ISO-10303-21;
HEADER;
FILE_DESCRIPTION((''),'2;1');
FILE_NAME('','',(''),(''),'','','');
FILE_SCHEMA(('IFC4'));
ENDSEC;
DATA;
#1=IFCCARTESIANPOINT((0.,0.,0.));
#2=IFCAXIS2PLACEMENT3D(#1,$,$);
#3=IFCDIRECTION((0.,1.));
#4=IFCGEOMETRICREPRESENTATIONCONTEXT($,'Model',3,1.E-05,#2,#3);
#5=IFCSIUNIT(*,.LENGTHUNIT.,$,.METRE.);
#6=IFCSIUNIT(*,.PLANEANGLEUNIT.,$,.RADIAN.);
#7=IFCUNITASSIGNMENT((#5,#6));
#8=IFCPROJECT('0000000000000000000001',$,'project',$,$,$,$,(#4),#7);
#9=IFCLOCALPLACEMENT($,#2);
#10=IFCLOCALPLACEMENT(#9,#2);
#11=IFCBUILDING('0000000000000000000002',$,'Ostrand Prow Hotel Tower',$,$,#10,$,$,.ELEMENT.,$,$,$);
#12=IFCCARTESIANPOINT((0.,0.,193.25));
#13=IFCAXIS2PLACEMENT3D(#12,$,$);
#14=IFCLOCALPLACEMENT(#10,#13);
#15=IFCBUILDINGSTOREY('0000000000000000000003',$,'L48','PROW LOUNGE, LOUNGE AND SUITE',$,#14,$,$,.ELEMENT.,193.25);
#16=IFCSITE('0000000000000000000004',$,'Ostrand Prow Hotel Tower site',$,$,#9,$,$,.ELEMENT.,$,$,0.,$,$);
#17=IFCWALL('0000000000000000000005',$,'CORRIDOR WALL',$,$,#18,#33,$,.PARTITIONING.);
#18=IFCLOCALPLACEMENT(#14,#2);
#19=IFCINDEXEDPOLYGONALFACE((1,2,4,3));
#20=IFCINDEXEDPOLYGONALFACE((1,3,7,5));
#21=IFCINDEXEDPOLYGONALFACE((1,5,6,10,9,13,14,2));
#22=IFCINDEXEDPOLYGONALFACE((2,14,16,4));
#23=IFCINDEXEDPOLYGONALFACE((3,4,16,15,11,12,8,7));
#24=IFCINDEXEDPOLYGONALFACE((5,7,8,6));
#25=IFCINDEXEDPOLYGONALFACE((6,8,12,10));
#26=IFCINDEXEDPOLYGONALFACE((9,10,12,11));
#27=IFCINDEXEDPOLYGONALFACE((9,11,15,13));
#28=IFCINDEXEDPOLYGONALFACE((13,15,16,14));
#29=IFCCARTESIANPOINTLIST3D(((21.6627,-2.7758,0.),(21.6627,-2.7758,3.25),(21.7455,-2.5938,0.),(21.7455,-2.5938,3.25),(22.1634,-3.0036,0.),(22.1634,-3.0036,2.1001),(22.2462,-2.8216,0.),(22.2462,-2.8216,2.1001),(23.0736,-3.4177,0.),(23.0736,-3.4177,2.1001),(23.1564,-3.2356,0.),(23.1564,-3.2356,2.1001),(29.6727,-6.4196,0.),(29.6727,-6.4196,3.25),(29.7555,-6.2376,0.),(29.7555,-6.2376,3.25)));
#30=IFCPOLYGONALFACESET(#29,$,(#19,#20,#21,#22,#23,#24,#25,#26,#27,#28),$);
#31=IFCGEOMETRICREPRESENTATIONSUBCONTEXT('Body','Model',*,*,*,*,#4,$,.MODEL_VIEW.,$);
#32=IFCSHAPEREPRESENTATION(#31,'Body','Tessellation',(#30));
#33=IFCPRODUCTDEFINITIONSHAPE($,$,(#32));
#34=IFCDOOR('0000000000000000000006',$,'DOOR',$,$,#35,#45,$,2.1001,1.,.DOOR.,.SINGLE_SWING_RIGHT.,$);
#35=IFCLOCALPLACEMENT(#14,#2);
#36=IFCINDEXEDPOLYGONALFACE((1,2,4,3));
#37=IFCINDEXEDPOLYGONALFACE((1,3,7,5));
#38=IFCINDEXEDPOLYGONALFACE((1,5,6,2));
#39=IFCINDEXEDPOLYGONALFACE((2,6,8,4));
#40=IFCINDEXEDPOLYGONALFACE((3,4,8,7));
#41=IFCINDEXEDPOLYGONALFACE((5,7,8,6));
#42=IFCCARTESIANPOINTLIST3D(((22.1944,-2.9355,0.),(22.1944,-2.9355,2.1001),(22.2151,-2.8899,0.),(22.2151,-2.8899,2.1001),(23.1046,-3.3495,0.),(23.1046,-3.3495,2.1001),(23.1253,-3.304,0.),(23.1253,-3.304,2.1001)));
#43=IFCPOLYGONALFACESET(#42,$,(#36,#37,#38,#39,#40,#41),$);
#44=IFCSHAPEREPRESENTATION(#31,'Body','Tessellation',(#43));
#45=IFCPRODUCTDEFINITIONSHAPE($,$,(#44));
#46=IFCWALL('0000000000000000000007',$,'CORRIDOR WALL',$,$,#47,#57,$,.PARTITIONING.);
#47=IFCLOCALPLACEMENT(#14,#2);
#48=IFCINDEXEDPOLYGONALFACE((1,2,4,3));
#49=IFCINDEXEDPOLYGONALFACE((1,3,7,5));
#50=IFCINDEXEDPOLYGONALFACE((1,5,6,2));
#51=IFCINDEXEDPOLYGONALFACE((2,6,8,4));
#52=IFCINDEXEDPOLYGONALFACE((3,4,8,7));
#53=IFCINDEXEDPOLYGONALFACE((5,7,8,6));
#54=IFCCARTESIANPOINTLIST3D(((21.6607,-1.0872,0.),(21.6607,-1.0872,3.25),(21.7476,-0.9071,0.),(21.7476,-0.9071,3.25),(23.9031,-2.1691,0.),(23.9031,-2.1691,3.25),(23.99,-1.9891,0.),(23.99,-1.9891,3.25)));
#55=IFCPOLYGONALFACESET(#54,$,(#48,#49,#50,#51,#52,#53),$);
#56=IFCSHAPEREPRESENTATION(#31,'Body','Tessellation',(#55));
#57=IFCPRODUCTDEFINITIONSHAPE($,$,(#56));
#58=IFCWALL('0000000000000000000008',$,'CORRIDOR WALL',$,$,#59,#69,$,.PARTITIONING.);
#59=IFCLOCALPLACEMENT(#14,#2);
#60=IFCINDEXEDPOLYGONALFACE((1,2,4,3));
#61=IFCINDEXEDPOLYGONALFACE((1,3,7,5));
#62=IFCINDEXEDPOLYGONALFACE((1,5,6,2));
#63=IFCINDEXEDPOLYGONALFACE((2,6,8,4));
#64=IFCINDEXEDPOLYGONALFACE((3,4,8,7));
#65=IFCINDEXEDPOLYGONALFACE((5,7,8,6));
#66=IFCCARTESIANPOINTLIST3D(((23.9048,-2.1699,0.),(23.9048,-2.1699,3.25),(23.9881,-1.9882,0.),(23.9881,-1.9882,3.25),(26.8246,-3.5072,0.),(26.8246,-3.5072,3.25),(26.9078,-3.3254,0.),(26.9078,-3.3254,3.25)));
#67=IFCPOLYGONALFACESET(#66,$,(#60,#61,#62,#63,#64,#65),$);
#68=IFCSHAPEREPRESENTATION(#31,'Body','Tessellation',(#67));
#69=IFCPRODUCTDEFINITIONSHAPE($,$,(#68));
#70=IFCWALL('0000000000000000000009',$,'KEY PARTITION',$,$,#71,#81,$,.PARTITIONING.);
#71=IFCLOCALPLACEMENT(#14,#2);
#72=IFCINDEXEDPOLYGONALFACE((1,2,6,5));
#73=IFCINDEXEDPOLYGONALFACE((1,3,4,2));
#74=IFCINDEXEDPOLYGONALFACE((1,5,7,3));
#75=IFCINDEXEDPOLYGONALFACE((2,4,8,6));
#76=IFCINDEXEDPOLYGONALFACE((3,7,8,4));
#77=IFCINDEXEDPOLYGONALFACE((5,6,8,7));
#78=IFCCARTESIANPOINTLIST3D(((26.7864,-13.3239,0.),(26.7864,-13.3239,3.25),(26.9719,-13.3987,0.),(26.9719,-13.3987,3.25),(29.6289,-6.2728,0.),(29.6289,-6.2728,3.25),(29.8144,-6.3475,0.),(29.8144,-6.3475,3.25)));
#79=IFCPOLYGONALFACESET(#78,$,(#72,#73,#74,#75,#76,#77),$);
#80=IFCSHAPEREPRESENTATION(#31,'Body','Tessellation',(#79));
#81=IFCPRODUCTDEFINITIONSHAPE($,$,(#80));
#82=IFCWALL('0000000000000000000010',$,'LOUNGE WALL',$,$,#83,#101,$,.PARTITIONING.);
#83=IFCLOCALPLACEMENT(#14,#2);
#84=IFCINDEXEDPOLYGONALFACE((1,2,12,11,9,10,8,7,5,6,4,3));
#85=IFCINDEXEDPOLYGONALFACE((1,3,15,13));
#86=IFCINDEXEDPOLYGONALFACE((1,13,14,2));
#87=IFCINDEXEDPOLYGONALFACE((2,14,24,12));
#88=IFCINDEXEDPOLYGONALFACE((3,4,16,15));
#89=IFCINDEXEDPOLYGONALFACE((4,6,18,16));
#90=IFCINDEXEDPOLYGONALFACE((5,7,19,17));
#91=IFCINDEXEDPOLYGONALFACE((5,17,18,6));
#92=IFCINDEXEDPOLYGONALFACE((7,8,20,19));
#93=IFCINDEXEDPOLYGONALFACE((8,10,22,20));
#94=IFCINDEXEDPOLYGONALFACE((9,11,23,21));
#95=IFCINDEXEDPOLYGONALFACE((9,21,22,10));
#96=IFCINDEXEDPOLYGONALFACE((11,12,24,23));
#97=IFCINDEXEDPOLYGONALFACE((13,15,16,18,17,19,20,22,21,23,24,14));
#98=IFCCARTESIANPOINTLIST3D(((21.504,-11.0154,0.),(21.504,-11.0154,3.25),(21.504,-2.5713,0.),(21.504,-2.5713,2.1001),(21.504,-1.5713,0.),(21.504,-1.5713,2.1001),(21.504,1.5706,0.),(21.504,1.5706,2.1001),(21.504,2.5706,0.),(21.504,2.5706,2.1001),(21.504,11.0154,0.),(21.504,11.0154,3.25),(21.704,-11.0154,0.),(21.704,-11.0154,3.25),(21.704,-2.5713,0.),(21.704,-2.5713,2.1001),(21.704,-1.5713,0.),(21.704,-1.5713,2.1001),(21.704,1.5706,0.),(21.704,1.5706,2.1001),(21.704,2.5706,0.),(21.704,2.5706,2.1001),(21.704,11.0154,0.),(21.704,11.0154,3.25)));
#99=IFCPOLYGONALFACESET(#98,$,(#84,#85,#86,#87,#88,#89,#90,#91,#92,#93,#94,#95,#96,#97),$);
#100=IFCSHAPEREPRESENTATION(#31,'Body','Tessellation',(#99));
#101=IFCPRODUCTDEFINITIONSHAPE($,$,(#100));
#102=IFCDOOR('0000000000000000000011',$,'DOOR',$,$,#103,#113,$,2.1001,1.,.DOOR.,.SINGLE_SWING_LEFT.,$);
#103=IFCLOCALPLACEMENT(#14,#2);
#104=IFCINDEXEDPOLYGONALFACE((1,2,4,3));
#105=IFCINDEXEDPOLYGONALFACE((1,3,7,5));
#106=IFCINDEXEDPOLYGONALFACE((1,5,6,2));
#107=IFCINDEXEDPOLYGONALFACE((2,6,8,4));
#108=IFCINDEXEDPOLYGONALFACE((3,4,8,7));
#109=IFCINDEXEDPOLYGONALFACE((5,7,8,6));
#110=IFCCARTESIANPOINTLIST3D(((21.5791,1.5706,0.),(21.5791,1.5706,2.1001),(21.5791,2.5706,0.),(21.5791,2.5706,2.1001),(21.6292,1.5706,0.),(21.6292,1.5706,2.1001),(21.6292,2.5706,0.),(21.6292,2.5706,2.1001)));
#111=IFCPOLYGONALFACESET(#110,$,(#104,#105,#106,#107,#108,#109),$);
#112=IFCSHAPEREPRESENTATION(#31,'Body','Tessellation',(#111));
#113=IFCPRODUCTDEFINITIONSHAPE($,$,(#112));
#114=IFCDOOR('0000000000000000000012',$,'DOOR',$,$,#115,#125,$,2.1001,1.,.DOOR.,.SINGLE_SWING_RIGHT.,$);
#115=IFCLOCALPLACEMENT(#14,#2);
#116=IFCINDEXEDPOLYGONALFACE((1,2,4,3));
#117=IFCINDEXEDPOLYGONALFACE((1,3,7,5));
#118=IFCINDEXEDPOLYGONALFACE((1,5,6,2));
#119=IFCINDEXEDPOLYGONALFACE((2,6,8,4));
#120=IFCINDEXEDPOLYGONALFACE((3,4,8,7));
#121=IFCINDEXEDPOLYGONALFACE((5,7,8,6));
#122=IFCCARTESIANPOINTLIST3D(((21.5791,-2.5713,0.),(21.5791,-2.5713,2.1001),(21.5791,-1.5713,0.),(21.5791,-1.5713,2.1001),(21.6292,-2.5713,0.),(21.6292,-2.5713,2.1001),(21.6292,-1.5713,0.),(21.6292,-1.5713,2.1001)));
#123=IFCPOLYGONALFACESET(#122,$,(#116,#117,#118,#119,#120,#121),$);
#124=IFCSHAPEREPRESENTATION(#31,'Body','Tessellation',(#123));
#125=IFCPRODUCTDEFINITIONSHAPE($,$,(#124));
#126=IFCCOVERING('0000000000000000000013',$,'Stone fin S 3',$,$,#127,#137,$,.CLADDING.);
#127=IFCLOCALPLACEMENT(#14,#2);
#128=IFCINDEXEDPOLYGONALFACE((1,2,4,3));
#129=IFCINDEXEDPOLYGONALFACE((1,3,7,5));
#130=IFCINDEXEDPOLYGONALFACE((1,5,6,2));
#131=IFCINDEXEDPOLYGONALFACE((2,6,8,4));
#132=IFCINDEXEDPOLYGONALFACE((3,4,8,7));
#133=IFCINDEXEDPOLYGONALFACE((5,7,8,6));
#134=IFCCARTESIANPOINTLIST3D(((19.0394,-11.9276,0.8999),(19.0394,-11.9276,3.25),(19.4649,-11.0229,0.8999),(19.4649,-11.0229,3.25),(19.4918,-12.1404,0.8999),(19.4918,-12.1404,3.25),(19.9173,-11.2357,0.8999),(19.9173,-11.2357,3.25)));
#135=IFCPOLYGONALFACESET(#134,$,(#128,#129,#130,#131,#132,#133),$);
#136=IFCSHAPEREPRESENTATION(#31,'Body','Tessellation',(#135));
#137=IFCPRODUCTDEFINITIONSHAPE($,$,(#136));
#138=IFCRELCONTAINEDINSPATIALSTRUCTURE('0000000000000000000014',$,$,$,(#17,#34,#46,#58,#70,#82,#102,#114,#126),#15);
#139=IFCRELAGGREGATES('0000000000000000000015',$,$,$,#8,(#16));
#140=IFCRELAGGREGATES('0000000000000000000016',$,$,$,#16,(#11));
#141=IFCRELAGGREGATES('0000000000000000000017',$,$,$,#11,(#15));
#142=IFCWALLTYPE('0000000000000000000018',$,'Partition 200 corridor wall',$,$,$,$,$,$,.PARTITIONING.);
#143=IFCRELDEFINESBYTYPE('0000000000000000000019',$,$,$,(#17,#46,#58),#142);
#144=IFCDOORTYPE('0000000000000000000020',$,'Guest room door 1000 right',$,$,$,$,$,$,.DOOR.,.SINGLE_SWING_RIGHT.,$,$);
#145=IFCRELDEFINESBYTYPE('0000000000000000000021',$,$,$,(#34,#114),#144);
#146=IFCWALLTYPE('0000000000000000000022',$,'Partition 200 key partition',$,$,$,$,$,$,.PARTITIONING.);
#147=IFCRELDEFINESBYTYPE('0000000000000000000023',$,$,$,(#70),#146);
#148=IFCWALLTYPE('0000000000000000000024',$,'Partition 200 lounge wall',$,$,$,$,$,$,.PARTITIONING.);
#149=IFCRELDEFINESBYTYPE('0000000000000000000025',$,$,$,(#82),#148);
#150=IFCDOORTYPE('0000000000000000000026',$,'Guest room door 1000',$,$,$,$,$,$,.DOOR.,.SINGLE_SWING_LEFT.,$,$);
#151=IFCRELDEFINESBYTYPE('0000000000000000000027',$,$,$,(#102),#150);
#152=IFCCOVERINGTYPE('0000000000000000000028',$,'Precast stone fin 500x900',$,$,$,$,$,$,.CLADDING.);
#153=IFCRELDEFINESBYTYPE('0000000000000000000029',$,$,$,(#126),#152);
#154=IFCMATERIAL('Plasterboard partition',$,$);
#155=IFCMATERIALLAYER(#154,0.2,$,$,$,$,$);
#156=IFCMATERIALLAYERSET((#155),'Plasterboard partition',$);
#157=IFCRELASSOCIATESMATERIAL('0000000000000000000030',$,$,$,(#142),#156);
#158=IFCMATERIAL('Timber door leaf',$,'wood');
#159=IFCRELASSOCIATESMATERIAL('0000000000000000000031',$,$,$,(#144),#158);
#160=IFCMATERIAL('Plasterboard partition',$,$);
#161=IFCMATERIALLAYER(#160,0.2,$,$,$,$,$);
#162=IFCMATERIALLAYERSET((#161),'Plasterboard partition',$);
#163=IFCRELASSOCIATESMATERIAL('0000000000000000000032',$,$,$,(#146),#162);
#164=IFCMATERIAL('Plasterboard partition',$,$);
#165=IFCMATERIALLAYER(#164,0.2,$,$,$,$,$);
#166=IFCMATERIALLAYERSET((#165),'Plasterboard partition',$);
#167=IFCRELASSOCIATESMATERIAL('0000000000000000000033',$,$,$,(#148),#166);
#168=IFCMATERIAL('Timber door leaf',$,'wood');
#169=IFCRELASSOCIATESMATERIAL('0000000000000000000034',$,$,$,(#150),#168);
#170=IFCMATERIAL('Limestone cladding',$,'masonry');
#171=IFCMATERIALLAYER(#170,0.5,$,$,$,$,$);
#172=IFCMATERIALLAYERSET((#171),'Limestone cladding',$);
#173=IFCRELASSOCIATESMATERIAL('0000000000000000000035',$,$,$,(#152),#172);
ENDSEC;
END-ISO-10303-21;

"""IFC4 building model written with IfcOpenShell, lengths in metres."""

from ifc_helpers import new_model, si_unit, direction, frame, frame_2d, origin, place, context, subcontext, project, spatial, rectangle, extrude, material, layer, layer_set, type_object, element, fill, save


model = new_model("IFC4")

# Units and contexts
model_context = context("Model", 3, precision=1e-05, world=origin(), true_north=direction((0.0, 1.0)))
body_context = subcontext(model_context, "Body", "Model", "MODEL_VIEW")
ifc_project = project(units=[si_unit("LENGTHUNIT", "METRE"), si_unit("PLANEANGLEUNIT", "RADIAN")], contexts=[model_context])

# Site, building, storey
site_placement = place(None, origin())
site = spatial("IfcSite", under=ifc_project, at=site_placement, Name="Ostrand Prow Hotel Tower site", CompositionType="ELEMENT", RefElevation=0.0)
building_placement = place(site_placement, origin())
building = spatial("IfcBuilding", under=site, at=building_placement, Name="Ostrand Prow Hotel Tower", CompositionType="ELEMENT")
storey_placement = place(building_placement, frame((0.0, 0.0, 193.25)))
storey = spatial("IfcBuildingStorey", under=building, at=storey_placement, Name="L48", Description="PROW LOUNGE, LOUNGE AND SUITE", CompositionType="ELEMENT", Elevation=193.25)

# Wall, opening, door
ifc_material_1 = material(Name="Plasterboard partition")
ifc_layer_1 = layer(ifc_material_1, 0.2)
ifc_layer_set_1 = layer_set([ifc_layer_1], Name="Plasterboard partition")
wall_type_1 = type_object("IfcWallType", Name="Partition 200 corridor wall", PredefinedType="PARTITIONING", material=ifc_layer_set_1)
wall_1_placement = place(storey_placement, frame((21.7041, -2.6848, 0.0), z_axis=(0.0, 0.0, 1.0), x_axis=(0.910243, -0.414075, 0.0)))
wall_1 = element("IfcWall", 1, at=wall_1_placement, inside=storey, type_object=wall_type_1, Name="CORRIDOR WALL", PredefinedType="PARTITIONING", context=body_context, shape_type="SweptSolid", body=[
    extrude(rectangle(XDim=8.7998, YDim=0.2, at=frame_2d((4.3999, 0.0))), origin(), (0.0, 0.0, 1.0), 3.25),
])
opening_1_placement = place(wall_1_placement, frame((0.55, 0.0, 0.0)))
opening_1 = element("IfcOpeningElement", 2, at=opening_1_placement, cuts=wall_1, PredefinedType="OPENING", context=body_context, shape_type="SweptSolid", body=[
    extrude(rectangle(XDim=1.0, YDim=2.1001, at=frame_2d((0.5, 1.05))), frame((0.0, 0.1099, 0.0), z_axis=(0.0, -1.0, 0.0), x_axis=(1.0, 0.0, 0.0)), (0.0, 0.0, 1.0), 0.22),
])
ifc_material_2 = material(Name="Timber door leaf", Category="wood")
door_type_1 = type_object("IfcDoorType", Name="Guest room door 1000 right", OperationType="SINGLE_SWING_RIGHT", PredefinedType="DOOR", material=ifc_material_2)
door_1_placement = place(opening_1_placement, origin())
door_1 = element("IfcDoor", 3, at=door_1_placement, inside=storey, type_object=door_type_1, Name="DOOR", OperationType="SINGLE_SWING_RIGHT", OverallHeight=2.1001, OverallWidth=1.0, PredefinedType="DOOR", context=body_context, shape_type="SweptSolid", body=[
    extrude(rectangle(XDim=1.0, YDim=2.1001, at=frame_2d((0.5, 1.05))), frame((0.0, 0.0249, 0.0), z_axis=(0.0, -1.0, 0.0), x_axis=(1.0, 0.0, 0.0)), (0.0, 0.0, 1.0), 0.05),
])
fill(opening_1, door_1)

# Walls
wall_2_placement = place(storey_placement, frame((23.9465, -2.0791, 0.0), z_axis=(0.0, 0.0, 1.0), x_axis=(-0.900634, 0.434579, 0.0)))
element("IfcWall", 4, at=wall_2_placement, inside=storey, type_object=wall_type_1, Name="CORRIDOR WALL", PredefinedType="PARTITIONING", context=body_context, shape_type="SweptSolid", body=[
    extrude(rectangle(XDim=2.4897, YDim=0.2, at=frame_2d((1.2449, 0.0))), origin(), (0.0, 0.0, 1.0), 3.25),
])
wall_3_placement = place(storey_placement, frame((26.8662, -3.4163, 0.0), z_axis=(0.0, 0.0, 1.0), x_axis=(-0.909186, 0.41639, 0.0)))
element("IfcWall", 5, at=wall_3_placement, inside=storey, type_object=wall_type_1, Name="CORRIDOR WALL", PredefinedType="PARTITIONING", context=body_context, shape_type="SweptSolid", body=[
    extrude(rectangle(XDim=3.2114, YDim=0.2, at=frame_2d((1.6057, 0.0))), origin(), (0.0, 0.0, 1.0), 3.25),
])
ifc_material_3 = material(Name="Plasterboard partition")
ifc_layer_2 = layer(ifc_material_3, 0.2)
ifc_layer_set_2 = layer_set([ifc_layer_2], Name="Plasterboard partition")
wall_type_2 = type_object("IfcWallType", Name="Partition 200 key partition", PredefinedType="PARTITIONING", material=ifc_layer_set_2)
wall_4_placement = place(storey_placement, frame((26.8792, -13.3613, 0.0), z_axis=(0.0, 0.0, 1.0), x_axis=(0.373886, 0.927475, 0.0)))
element("IfcWall", 6, at=wall_4_placement, inside=storey, type_object=wall_type_2, Name="KEY PARTITION", PredefinedType="PARTITIONING", context=body_context, shape_type="SweptSolid", body=[
    extrude(rectangle(XDim=7.6025, YDim=0.2, at=frame_2d((3.8013, 0.0))), origin(), (0.0, 0.0, 1.0), 3.25),
])

# Wall, openings, doors
ifc_material_4 = material(Name="Plasterboard partition")
ifc_layer_3 = layer(ifc_material_4, 0.2)
ifc_layer_set_3 = layer_set([ifc_layer_3], Name="Plasterboard partition")
wall_type_3 = type_object("IfcWallType", Name="Partition 200 lounge wall", PredefinedType="PARTITIONING", material=ifc_layer_set_3)
wall_5_placement = place(storey_placement, frame((21.604, -11.0154, 0.0), z_axis=(0.0, 0.0, 1.0), x_axis=(0.0, 1.0, 0.0)))
wall_5 = element("IfcWall", 7, at=wall_5_placement, inside=storey, type_object=wall_type_3, Name="LOUNGE WALL", PredefinedType="PARTITIONING", context=body_context, shape_type="SweptSolid", body=[
    extrude(rectangle(XDim=22.0308, YDim=0.2, at=frame_2d((11.0154, 0.0))), origin(), (0.0, 0.0, 1.0), 3.25),
])
opening_2_placement = place(wall_5_placement, frame((12.5859, 0.0, 0.0)))
opening_2 = element("IfcOpeningElement", 8, at=opening_2_placement, cuts=wall_5, PredefinedType="OPENING", context=body_context, shape_type="SweptSolid", body=[
    extrude(rectangle(XDim=1.0, YDim=2.1001, at=frame_2d((0.5, 1.05))), frame((0.0, 0.1099, 0.0), z_axis=(0.0, -1.0, 0.0), x_axis=(1.0, 0.0, 0.0)), (0.0, 0.0, 1.0), 0.22),
])
opening_3_placement = place(wall_5_placement, frame((8.4441, 0.0, 0.0)))
opening_3 = element("IfcOpeningElement", 9, at=opening_3_placement, cuts=wall_5, PredefinedType="OPENING", context=body_context, shape_type="SweptSolid", body=[
    extrude(rectangle(XDim=1.0, YDim=2.1001, at=frame_2d((0.5, 1.05))), frame((0.0, 0.1099, 0.0), z_axis=(0.0, -1.0, 0.0), x_axis=(1.0, 0.0, 0.0)), (0.0, 0.0, 1.0), 0.22),
])
ifc_material_5 = material(Name="Timber door leaf", Category="wood")
door_type_2 = type_object("IfcDoorType", Name="Guest room door 1000", OperationType="SINGLE_SWING_LEFT", PredefinedType="DOOR", material=ifc_material_5)
door_2_placement = place(opening_2_placement, origin())
door_2 = element("IfcDoor", 10, at=door_2_placement, inside=storey, type_object=door_type_2, Name="DOOR", OperationType="SINGLE_SWING_LEFT", OverallHeight=2.1001, OverallWidth=1.0, PredefinedType="DOOR", context=body_context, shape_type="SweptSolid", body=[
    extrude(rectangle(XDim=1.0, YDim=2.1001, at=frame_2d((0.5, 1.05))), frame((0.0, 0.0249, 0.0), z_axis=(0.0, -1.0, 0.0), x_axis=(1.0, 0.0, 0.0)), (0.0, 0.0, 1.0), 0.05),
])
fill(opening_2, door_2)
door_3_placement = place(opening_3_placement, origin())
door_3 = element("IfcDoor", 11, at=door_3_placement, inside=storey, type_object=door_type_1, Name="DOOR", OperationType="SINGLE_SWING_RIGHT", OverallHeight=2.1001, OverallWidth=1.0, PredefinedType="DOOR", context=body_context, shape_type="SweptSolid", body=[
    extrude(rectangle(XDim=1.0, YDim=2.1001, at=frame_2d((0.5, 1.05))), frame((0.0, 0.0249, 0.0), z_axis=(0.0, -1.0, 0.0), x_axis=(1.0, 0.0, 0.0)), (0.0, 0.0, 1.0), 0.05),
])
fill(opening_3, door_3)

# Covering
ifc_material_6 = material(Name="Limestone cladding", Category="masonry")
ifc_layer_4 = layer(ifc_material_6, 0.5)
ifc_layer_set_4 = layer_set([ifc_layer_4], Name="Limestone cladding")
covering_type = type_object("IfcCoveringType", Name="Precast stone fin 500x900", PredefinedType="CLADDING", material=ifc_layer_set_4)
covering_placement = place(storey_placement, frame((19.6912, -11.1292, 0.8999), z_axis=(0.0, 0.0, 1.0), x_axis=(-0.425597, -0.904913, 0.0)))
element("IfcCovering", 12, at=covering_placement, inside=storey, type_object=covering_type, Name="Stone fin S 3", PredefinedType="CLADDING", context=body_context, shape_type="SweptSolid", body=[
    extrude(rectangle(XDim=0.9998, YDim=0.5, at=frame_2d((0.5, 0.0))), origin(), (0.0, 0.0, 1.0), 2.3501),
])

save(model, "model.ifc")
